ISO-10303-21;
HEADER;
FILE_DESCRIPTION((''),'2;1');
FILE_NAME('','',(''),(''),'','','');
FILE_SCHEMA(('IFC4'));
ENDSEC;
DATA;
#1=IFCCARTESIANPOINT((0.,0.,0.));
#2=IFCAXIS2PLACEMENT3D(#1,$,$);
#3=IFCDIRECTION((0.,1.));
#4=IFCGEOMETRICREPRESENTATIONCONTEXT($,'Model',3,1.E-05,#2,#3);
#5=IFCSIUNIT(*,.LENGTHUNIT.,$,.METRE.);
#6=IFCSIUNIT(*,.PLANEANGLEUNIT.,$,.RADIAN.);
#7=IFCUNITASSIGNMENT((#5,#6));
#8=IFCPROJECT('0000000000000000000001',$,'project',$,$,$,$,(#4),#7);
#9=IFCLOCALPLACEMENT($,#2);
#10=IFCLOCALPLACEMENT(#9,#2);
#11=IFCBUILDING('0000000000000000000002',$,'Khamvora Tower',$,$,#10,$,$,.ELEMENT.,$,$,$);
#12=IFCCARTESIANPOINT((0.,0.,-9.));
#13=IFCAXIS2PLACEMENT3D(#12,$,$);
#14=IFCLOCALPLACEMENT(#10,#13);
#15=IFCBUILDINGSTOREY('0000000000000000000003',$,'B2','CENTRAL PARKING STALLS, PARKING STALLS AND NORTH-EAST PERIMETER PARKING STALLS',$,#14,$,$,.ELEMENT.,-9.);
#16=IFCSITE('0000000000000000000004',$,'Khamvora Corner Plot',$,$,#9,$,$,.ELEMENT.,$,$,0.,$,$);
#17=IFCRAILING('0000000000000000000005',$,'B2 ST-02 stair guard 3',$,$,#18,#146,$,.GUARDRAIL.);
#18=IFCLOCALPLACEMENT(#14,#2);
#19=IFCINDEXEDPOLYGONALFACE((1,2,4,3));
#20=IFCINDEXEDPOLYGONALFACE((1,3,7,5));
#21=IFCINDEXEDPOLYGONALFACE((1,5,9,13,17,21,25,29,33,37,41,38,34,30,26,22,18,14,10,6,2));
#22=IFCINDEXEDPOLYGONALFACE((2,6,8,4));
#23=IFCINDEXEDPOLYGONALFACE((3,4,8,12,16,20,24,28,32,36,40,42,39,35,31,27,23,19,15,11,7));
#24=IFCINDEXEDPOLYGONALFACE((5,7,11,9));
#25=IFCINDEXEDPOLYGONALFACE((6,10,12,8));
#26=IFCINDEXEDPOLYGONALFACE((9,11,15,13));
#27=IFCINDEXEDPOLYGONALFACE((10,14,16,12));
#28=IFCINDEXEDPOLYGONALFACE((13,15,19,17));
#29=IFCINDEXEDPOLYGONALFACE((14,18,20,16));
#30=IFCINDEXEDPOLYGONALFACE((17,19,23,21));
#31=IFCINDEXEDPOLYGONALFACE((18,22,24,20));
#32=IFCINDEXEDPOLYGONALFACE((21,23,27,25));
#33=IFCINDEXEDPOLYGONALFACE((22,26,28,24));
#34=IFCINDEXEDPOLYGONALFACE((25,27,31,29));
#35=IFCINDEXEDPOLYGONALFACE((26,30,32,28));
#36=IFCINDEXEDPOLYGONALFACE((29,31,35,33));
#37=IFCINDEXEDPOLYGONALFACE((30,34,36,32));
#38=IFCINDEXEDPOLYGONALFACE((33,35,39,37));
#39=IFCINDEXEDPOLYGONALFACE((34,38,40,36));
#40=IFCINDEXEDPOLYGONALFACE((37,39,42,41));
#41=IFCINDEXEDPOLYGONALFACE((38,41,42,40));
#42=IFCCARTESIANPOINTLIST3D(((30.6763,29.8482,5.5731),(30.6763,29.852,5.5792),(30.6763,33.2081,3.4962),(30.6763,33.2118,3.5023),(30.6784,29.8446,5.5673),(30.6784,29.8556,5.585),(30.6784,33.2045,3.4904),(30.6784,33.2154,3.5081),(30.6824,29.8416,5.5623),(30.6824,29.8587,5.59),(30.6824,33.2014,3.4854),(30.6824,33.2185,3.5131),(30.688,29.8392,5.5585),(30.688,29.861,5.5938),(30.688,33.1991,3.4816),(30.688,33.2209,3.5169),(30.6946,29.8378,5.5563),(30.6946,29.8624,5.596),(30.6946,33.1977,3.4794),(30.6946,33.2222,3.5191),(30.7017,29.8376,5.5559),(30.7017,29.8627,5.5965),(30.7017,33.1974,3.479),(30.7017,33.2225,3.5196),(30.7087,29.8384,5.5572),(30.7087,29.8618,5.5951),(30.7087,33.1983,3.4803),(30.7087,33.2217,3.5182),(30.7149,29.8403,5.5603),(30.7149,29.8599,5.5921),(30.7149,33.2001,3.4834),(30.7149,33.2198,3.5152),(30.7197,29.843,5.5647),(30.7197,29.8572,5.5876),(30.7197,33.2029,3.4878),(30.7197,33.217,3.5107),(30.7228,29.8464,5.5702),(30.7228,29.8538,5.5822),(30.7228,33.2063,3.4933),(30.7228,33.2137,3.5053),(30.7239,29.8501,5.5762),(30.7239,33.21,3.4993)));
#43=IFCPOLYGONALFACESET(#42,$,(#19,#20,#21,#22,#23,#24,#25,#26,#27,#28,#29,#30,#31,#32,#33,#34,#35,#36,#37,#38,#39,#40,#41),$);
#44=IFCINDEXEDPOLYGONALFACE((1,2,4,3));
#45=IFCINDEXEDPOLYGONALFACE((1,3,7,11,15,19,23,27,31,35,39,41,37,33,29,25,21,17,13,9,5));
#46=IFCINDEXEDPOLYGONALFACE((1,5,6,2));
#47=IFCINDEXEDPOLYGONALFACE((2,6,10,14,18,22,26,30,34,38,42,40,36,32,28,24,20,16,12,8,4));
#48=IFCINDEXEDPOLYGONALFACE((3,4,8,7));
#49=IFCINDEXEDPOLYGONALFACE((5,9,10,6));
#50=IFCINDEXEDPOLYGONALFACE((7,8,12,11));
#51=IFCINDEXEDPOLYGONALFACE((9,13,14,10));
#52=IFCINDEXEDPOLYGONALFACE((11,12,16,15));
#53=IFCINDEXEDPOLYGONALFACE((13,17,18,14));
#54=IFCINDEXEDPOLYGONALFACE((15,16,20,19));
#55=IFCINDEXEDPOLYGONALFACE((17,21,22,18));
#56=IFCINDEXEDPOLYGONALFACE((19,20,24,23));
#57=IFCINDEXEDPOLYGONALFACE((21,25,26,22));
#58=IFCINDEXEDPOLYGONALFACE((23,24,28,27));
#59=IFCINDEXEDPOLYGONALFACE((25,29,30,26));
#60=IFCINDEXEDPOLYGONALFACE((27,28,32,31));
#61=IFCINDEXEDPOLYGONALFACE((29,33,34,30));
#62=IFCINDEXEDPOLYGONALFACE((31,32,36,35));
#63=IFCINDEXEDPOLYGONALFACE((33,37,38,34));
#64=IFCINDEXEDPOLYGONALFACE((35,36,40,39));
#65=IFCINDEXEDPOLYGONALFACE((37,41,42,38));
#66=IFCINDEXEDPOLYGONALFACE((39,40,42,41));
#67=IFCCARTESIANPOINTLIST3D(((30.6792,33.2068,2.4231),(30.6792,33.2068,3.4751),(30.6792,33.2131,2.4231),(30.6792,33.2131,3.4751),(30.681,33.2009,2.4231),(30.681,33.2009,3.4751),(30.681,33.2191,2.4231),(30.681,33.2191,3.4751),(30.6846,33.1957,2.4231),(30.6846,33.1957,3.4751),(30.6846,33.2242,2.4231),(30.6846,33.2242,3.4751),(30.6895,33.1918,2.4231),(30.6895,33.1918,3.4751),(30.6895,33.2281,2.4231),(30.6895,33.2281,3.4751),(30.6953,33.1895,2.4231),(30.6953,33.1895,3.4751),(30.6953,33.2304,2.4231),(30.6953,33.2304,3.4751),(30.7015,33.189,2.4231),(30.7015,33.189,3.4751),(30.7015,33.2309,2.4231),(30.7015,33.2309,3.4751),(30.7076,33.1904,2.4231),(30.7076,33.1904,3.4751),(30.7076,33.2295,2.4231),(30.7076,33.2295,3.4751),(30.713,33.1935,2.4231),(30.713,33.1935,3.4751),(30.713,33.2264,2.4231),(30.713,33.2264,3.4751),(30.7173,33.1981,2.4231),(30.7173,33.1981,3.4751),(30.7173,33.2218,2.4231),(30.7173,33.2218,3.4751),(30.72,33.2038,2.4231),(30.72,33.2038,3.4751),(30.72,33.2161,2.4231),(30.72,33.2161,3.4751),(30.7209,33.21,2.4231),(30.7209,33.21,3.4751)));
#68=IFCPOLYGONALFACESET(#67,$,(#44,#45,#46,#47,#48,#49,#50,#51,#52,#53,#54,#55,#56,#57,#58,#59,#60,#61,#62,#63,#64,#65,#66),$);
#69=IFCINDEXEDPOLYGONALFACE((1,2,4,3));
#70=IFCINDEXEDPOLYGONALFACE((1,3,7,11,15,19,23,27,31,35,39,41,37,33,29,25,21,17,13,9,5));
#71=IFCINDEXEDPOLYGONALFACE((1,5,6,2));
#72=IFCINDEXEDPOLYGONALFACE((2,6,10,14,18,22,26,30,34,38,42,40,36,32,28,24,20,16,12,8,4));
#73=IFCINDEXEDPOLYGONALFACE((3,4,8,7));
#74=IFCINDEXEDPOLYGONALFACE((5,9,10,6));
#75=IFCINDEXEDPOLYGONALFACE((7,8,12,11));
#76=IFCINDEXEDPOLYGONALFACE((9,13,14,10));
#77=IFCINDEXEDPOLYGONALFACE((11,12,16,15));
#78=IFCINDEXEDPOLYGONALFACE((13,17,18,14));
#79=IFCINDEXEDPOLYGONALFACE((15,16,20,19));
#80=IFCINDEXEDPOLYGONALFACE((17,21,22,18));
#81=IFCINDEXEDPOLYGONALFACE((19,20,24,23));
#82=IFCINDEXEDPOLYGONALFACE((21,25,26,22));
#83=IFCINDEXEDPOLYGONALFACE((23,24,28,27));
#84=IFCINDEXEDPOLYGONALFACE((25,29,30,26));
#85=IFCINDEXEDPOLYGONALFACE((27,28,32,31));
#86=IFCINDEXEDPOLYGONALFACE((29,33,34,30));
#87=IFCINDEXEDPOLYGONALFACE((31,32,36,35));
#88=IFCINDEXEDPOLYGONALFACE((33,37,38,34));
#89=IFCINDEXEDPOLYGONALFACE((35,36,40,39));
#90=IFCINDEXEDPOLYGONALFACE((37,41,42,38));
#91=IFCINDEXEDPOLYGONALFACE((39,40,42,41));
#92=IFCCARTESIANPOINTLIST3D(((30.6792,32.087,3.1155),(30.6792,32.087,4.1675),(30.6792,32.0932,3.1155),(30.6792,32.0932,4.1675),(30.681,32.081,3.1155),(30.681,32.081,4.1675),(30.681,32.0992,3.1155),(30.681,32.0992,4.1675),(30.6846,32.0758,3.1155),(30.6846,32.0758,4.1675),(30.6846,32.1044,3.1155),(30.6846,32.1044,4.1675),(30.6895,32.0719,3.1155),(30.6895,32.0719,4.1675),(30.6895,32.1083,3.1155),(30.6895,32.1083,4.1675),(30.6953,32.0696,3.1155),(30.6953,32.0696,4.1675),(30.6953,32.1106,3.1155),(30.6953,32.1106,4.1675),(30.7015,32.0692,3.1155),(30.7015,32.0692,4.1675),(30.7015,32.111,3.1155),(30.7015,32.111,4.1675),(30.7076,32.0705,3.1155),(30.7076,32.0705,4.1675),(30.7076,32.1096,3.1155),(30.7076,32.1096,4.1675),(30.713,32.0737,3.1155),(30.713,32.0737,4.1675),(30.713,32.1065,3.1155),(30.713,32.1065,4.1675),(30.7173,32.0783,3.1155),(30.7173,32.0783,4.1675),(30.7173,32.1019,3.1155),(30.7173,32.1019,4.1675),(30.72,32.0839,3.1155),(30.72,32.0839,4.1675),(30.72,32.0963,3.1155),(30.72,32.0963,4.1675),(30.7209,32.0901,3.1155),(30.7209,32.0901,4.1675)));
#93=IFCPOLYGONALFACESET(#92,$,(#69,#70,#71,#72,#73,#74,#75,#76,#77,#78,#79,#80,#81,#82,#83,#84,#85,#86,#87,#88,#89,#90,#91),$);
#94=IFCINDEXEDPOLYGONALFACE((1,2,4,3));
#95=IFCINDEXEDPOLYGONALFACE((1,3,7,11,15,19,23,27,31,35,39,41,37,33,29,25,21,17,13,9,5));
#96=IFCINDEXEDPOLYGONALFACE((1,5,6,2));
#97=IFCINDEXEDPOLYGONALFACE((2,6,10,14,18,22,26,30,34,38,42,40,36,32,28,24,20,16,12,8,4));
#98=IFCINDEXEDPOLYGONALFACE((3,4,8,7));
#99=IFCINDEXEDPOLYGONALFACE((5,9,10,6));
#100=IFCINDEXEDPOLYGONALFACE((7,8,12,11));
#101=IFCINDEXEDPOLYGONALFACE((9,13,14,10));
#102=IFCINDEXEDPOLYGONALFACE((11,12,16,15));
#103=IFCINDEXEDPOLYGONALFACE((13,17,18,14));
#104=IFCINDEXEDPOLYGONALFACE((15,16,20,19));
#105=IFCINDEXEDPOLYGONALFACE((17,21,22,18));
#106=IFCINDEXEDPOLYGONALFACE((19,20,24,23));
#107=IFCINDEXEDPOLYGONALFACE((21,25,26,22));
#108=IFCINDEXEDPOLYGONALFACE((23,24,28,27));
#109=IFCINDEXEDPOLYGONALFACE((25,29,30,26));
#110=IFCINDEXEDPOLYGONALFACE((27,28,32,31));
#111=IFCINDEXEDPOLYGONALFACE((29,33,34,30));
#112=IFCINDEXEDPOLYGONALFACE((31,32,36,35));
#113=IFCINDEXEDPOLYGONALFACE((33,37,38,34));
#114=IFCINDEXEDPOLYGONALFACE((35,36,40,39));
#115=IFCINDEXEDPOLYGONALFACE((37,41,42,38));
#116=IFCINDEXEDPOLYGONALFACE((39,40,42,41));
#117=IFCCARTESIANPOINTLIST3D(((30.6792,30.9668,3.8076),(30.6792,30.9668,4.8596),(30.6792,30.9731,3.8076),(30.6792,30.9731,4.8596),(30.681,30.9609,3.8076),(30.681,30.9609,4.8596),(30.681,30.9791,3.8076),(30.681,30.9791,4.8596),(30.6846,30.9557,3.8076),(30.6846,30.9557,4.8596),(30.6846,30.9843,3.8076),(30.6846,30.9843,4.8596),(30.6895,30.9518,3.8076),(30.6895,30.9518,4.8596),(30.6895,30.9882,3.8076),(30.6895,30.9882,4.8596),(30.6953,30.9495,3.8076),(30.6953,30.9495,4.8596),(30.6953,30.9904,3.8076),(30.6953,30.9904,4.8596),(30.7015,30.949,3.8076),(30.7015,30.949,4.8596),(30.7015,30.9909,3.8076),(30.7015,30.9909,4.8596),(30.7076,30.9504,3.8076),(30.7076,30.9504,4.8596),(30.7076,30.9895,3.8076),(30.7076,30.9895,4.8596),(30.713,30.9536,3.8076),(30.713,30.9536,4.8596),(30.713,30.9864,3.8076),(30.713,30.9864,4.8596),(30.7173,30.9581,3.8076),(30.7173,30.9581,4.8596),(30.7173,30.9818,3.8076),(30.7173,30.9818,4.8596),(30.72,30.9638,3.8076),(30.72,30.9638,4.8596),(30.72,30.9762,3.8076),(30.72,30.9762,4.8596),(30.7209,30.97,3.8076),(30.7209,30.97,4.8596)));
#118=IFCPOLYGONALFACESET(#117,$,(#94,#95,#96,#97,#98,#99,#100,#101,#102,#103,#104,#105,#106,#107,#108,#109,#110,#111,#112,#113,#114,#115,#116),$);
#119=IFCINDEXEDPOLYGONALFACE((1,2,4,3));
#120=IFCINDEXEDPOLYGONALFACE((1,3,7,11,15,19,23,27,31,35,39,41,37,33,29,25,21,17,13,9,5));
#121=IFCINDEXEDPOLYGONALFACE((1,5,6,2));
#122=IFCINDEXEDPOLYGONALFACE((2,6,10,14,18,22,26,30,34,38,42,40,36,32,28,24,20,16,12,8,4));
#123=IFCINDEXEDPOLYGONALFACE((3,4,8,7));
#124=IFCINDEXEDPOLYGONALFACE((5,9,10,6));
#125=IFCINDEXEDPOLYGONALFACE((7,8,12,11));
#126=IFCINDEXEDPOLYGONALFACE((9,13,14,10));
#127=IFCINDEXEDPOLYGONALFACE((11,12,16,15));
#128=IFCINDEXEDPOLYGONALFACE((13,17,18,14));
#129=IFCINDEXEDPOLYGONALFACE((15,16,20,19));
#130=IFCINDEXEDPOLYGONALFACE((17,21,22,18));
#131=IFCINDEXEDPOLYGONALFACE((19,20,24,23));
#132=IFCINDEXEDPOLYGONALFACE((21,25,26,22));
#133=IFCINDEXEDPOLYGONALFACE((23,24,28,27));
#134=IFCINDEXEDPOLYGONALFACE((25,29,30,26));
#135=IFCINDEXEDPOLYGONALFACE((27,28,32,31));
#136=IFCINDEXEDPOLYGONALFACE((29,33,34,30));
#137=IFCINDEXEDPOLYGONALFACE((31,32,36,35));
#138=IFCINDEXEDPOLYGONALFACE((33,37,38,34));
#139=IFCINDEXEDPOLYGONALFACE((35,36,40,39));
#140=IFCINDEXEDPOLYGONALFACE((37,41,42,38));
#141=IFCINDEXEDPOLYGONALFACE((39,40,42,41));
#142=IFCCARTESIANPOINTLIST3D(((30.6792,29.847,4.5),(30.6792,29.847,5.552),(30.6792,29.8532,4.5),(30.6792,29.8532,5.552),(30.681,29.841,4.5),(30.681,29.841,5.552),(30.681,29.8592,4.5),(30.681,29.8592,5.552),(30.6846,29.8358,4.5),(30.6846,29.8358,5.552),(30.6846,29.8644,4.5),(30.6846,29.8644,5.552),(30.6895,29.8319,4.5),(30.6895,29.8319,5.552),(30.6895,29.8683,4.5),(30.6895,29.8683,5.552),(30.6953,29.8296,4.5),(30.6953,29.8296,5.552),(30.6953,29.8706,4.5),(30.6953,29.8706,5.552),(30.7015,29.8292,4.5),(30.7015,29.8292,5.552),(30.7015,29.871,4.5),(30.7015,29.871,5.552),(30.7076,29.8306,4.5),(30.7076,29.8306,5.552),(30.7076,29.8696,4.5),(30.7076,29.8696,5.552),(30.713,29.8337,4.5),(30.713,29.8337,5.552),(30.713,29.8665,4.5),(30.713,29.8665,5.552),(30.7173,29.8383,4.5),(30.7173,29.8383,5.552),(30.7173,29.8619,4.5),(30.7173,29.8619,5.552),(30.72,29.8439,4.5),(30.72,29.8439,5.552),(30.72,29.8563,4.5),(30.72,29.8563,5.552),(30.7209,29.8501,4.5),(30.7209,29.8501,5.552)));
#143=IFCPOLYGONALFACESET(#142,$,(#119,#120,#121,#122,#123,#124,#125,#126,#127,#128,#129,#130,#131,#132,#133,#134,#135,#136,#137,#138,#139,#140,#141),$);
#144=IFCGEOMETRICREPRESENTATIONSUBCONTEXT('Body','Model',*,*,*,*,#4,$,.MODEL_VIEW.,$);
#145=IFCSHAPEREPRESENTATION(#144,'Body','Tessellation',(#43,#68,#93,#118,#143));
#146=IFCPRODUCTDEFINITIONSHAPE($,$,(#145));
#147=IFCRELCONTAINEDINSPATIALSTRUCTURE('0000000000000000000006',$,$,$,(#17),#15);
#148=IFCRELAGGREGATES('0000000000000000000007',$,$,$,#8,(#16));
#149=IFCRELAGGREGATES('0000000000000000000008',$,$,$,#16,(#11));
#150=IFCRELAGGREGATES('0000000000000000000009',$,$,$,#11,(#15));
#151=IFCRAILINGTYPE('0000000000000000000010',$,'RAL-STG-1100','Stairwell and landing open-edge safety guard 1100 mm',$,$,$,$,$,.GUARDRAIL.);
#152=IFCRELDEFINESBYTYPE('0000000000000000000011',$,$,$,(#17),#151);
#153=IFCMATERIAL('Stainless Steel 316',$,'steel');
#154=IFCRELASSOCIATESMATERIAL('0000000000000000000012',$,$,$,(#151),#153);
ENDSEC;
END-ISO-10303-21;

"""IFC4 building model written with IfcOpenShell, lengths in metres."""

from ifc_helpers import new_model, si_unit, direction, frame, origin, origin_2d, place, context, subcontext, project, spatial, circle, extrude, material, type_object, element, save


model = new_model("IFC4")

# Units and contexts
model_context = context("Model", 3, precision=1e-05, world=origin(), true_north=direction((0.0, 1.0)))
body_context = subcontext(model_context, "Body", "Model", "MODEL_VIEW")
ifc_project = project(units=[si_unit("LENGTHUNIT", "METRE"), si_unit("PLANEANGLEUNIT", "RADIAN")], contexts=[model_context])

# Site, building, storey
site_placement = place(None, origin())
site = spatial("IfcSite", under=ifc_project, at=site_placement, Name="Khamvora Corner Plot", CompositionType="ELEMENT", RefElevation=0.0)
building_placement = place(site_placement, origin())
building = spatial("IfcBuilding", under=site, at=building_placement, Name="Khamvora Tower", CompositionType="ELEMENT")
storey_placement = place(building_placement, frame((0.0, 0.0, -9.0)))
storey = spatial("IfcBuildingStorey", under=building, at=storey_placement, Name="B2", Description="CENTRAL PARKING STALLS, PARKING STALLS AND NORTH-EAST PERIMETER PARKING STALLS", CompositionType="ELEMENT", Elevation=-9.0)

# Railing
ifc_material_1 = material(Name="Stainless Steel 316", Category="steel")
railing_type_1 = type_object("IfcRailingType", Name="RAL-STG-1100", Description="Stairwell and landing open-edge safety guard 1100 mm", PredefinedType="GUARDRAIL", material=ifc_material_1)
railing_1_placement = place(storey_placement, frame((30.7, 33.21, 2.4231)))
element("IfcRailing", 1, at=railing_1_placement, inside=storey, type_object=railing_type_1, Name="B2 ST-02 stair guard 3", PredefinedType="GUARDRAIL", context=body_context, shape_type="SweptSolid", body=[
    extrude(circle(Radius=0.0239, at=origin_2d()), frame((0.0, 0.0, 1.0762), z_axis=(0.0, -0.850606, 0.525803), x_axis=(1.0, 0.0, 0.0)), (0.0, 0.0, 1.0), 3.95),
    extrude(circle(Radius=0.021, at=origin_2d()), origin(), (0.0, 0.0, 1.0), 1.052),
    extrude(circle(Radius=0.021, at=origin_2d()), frame((0.0, -1.1199, 0.6924)), (0.0, 0.0, 1.0), 1.052),
    extrude(circle(Radius=0.021, at=origin_2d()), frame((0.0, -2.24, 1.3845)), (0.0, 0.0, 1.0), 1.052),
    extrude(circle(Radius=0.021, at=origin_2d()), frame((0.0, -3.3599, 2.0769)), (0.0, 0.0, 1.0), 1.052),
])

save(model, "model.ifc")
